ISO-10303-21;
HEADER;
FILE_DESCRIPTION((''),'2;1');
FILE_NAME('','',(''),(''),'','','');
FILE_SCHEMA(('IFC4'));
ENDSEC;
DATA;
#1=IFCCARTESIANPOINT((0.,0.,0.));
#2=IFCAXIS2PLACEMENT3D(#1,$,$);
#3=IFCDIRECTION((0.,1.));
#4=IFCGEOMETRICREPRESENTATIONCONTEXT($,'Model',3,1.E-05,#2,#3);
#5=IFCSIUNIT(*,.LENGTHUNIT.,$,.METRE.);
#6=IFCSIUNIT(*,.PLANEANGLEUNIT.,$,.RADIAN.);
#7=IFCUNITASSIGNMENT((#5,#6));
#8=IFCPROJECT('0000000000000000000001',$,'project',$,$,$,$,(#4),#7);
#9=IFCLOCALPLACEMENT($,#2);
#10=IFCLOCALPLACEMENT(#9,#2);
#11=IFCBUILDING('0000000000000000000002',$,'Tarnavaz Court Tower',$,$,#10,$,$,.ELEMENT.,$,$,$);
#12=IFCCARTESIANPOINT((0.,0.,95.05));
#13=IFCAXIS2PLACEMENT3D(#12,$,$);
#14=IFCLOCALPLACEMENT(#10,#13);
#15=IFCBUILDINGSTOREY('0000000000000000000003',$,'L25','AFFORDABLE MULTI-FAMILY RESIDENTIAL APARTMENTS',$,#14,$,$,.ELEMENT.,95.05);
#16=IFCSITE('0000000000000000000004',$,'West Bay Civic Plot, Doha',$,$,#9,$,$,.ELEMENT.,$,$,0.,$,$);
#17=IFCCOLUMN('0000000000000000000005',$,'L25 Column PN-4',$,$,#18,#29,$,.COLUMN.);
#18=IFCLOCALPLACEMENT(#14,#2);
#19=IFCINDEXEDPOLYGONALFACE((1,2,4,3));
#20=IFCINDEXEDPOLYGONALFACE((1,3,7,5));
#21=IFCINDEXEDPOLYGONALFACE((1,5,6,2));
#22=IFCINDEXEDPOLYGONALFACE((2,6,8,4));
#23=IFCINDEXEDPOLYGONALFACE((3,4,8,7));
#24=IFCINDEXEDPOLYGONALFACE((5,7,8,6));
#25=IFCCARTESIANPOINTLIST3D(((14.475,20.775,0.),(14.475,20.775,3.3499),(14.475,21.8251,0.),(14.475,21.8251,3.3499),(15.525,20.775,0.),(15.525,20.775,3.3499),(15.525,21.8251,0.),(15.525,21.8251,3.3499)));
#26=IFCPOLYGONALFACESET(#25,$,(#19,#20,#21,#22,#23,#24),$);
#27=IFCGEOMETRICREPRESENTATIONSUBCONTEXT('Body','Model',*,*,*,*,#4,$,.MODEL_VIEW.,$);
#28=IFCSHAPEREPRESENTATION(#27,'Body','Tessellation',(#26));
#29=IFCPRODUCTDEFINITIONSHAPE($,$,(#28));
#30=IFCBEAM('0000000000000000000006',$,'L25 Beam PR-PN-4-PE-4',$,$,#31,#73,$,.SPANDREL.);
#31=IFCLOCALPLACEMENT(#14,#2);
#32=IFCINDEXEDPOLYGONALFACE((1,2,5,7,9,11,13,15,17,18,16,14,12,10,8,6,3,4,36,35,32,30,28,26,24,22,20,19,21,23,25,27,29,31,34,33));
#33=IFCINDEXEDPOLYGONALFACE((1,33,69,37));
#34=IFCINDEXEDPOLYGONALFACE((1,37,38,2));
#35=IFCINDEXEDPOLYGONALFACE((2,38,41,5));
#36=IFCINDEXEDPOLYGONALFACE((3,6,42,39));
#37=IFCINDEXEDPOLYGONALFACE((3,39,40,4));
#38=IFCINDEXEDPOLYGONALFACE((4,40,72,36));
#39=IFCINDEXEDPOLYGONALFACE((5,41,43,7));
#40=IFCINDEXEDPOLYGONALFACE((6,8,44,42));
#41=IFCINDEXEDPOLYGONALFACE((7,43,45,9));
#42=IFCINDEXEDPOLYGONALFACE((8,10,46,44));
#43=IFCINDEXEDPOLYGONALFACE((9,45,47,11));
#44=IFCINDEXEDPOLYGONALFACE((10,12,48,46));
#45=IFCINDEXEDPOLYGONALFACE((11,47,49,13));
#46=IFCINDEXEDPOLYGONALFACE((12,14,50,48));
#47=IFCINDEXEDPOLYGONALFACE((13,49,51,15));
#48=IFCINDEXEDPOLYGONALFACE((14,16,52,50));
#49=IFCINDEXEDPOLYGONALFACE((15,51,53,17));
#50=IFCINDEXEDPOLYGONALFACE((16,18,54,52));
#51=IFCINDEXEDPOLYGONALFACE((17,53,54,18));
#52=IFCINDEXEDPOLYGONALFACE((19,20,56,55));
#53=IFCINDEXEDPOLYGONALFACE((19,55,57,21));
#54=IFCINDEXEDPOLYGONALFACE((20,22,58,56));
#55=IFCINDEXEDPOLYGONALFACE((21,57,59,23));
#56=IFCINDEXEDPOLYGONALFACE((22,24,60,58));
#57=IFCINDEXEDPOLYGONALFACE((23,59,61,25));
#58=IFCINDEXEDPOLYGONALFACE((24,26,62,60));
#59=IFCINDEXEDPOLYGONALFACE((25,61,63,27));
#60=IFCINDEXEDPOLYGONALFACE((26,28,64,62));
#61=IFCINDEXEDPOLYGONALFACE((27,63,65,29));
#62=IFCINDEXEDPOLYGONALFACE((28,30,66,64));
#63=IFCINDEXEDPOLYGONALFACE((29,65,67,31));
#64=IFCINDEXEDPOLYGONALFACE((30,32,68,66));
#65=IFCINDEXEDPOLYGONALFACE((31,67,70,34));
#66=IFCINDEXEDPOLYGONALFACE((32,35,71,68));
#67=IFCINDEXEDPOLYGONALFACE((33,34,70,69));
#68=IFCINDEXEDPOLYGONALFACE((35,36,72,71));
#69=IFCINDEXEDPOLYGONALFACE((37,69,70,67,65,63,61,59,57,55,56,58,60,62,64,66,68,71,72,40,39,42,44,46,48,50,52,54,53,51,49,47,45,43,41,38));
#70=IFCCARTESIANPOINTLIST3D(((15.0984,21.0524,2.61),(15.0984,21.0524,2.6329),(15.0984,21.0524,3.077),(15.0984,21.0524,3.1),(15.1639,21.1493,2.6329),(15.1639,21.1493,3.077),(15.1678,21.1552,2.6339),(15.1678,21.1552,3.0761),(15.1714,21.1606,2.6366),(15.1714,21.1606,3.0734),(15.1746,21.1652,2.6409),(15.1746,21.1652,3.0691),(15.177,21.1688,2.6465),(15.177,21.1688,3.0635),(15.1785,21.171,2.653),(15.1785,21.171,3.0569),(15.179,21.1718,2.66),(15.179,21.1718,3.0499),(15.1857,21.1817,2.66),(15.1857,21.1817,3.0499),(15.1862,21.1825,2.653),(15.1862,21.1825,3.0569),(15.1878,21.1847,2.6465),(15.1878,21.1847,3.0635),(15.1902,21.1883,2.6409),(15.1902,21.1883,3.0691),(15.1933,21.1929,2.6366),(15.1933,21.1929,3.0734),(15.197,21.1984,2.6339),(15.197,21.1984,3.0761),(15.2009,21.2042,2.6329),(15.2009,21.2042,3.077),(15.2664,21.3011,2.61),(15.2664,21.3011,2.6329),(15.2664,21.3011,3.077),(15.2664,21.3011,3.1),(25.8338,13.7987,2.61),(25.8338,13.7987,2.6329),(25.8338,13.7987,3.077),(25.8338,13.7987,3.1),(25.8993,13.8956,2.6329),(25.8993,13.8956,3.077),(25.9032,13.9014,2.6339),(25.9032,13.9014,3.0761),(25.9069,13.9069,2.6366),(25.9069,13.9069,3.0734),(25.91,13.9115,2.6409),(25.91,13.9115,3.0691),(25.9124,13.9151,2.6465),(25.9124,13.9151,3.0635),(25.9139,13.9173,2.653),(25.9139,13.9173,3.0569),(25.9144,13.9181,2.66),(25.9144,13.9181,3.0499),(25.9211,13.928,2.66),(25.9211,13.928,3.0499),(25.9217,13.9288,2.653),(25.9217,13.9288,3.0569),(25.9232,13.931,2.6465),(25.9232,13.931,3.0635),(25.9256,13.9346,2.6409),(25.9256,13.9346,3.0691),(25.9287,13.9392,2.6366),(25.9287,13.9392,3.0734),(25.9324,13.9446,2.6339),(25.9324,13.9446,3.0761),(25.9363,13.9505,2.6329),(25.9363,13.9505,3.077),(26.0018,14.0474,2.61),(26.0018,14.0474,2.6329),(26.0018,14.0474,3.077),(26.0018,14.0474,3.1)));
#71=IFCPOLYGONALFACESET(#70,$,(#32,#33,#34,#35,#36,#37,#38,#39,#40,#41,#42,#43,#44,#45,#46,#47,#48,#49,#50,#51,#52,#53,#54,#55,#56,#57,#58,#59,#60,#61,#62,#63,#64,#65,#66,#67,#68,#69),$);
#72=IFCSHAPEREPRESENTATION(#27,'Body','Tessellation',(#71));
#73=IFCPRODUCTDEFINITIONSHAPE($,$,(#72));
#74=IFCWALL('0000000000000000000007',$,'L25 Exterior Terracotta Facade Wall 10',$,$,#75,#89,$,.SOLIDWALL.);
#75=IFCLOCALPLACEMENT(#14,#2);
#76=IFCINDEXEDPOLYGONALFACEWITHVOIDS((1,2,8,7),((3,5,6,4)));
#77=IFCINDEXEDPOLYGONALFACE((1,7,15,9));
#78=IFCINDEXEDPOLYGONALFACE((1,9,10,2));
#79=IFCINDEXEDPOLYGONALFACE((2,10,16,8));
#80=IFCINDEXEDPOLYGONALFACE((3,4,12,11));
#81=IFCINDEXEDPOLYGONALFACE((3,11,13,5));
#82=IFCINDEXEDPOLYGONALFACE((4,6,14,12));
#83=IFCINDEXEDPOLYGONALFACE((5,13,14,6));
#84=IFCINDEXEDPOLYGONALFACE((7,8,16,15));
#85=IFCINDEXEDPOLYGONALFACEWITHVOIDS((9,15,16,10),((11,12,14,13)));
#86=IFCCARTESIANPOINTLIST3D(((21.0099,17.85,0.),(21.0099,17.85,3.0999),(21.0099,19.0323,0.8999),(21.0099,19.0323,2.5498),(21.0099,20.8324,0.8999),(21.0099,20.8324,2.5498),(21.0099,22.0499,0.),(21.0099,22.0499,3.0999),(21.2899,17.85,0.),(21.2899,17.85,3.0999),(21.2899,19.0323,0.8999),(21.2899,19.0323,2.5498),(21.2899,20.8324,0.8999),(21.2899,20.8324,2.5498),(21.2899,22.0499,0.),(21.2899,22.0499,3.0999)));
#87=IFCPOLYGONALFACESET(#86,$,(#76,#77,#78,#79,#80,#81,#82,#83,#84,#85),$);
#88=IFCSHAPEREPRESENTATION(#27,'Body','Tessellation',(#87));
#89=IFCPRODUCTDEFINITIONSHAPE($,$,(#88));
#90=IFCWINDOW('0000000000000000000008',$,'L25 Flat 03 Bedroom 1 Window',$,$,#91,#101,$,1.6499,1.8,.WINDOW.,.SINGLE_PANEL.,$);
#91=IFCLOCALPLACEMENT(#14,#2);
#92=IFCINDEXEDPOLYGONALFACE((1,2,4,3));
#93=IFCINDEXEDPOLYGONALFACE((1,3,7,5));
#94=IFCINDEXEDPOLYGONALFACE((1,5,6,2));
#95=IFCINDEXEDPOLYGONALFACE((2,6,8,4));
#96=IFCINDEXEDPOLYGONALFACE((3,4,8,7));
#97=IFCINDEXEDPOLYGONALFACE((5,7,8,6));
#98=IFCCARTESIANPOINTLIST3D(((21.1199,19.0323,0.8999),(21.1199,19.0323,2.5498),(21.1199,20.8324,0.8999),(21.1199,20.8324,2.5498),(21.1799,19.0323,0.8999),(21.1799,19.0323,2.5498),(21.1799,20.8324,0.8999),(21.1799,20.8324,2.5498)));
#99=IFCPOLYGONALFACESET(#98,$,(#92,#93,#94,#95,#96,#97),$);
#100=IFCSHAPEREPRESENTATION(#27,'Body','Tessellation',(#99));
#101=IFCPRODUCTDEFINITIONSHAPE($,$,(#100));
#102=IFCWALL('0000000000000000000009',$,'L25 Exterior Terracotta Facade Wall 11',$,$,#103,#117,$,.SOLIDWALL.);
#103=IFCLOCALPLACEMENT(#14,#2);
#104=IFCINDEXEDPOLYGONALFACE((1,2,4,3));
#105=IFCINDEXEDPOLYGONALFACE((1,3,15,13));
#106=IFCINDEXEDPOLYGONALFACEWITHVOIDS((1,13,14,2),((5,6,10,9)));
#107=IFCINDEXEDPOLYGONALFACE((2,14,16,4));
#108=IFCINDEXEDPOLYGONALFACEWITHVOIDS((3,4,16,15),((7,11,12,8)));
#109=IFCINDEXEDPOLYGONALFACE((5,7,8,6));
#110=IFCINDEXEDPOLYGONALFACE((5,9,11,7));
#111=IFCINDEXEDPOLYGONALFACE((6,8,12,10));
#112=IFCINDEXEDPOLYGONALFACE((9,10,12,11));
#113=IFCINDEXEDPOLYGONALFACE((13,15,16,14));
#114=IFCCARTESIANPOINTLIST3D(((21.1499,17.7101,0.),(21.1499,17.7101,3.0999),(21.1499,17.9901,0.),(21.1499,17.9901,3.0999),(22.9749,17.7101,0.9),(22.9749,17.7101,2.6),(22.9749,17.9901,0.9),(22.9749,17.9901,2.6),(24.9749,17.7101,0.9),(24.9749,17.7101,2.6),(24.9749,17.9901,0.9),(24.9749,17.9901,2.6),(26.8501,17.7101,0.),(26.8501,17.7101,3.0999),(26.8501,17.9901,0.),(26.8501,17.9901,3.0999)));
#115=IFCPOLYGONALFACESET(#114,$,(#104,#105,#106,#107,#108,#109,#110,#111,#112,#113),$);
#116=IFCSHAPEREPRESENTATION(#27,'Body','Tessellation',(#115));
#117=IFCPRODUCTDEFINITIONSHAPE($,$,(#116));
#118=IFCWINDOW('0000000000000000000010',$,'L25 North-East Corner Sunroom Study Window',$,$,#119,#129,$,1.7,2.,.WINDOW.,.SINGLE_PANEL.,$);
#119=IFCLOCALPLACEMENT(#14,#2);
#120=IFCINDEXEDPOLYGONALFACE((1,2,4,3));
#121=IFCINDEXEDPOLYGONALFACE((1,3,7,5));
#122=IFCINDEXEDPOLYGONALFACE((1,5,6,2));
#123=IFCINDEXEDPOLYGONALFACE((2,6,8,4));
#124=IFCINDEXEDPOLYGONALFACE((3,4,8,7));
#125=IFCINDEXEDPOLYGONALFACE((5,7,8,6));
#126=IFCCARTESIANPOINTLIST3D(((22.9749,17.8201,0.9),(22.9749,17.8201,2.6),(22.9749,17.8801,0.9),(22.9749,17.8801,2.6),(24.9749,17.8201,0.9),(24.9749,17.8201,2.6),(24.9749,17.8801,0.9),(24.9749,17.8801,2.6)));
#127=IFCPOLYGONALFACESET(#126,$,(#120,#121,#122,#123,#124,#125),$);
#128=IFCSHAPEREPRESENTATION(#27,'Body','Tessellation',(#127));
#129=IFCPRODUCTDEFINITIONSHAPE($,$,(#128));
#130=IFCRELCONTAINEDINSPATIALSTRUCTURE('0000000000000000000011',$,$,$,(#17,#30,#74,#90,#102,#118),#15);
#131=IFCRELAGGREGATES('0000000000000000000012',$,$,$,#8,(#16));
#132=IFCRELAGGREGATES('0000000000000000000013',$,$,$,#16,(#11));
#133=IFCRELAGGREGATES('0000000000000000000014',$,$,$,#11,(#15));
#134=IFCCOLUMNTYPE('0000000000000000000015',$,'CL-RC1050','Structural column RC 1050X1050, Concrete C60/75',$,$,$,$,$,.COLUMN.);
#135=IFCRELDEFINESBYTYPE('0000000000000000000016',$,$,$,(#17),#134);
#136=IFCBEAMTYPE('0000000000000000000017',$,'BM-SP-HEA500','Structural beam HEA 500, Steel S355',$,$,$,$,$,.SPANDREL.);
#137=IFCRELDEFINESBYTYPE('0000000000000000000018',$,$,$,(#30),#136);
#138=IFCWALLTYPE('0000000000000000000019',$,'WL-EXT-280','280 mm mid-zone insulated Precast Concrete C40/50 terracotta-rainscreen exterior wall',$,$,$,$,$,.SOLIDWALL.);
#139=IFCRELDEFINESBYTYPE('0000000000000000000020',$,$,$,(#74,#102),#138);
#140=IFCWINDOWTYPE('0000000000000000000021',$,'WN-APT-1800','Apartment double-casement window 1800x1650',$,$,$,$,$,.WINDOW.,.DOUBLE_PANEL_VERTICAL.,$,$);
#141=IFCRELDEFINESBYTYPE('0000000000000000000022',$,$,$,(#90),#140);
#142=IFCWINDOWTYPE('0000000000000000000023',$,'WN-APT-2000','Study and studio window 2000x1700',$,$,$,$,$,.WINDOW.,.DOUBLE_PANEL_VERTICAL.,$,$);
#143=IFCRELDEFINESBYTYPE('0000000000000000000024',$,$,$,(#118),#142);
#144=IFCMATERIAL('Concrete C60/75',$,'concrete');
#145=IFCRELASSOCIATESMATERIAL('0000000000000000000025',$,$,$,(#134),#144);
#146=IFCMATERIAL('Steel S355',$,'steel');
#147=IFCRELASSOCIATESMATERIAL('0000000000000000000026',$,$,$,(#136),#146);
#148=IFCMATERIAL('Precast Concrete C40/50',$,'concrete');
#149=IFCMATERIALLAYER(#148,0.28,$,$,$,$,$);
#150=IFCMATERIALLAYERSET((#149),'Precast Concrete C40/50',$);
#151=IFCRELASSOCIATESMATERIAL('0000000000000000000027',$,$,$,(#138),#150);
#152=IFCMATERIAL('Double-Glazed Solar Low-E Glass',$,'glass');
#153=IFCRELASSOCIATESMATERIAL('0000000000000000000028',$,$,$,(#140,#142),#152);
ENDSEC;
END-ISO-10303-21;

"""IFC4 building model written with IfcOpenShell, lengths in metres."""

from ifc_helpers import new_model, si_unit, direction, frame, frame_2d, origin, origin_2d, place, context, subcontext, project, spatial, rectangle, i_section, extrude, material, layer, layer_set, material_profile, profile_set, type_object, element, fill, save


model = new_model("IFC4")

# Units and contexts
model_context = context("Model", 3, precision=1e-05, world=origin(), true_north=direction((0.0, 1.0)))
body_context = subcontext(model_context, "Body", "Model", "MODEL_VIEW")
ifc_project = project(units=[si_unit("LENGTHUNIT", "METRE"), si_unit("PLANEANGLEUNIT", "RADIAN")], contexts=[model_context])

# Site, building, storey
site_placement = place(None, origin())
site = spatial("IfcSite", under=ifc_project, at=site_placement, Name="West Bay Civic Plot, Doha", CompositionType="ELEMENT", RefElevation=0.0)
building_placement = place(site_placement, origin())
building = spatial("IfcBuilding", under=site, at=building_placement, Name="Tarnavaz Court Tower", CompositionType="ELEMENT")
storey_placement = place(building_placement, frame((0.0, 0.0, 95.05)))
storey = spatial("IfcBuildingStorey", under=building, at=storey_placement, Name="L25", Description="AFFORDABLE MULTI-FAMILY RESIDENTIAL APARTMENTS", CompositionType="ELEMENT", Elevation=95.05)

# Column
ifc_material_1 = material(Name="Concrete C60/75", Category="concrete")
ifc_material_profile_1 = material_profile(ifc_material_1, rectangle(XDim=1.05, YDim=1.05, at=origin_2d()), Name="RC 1050X1050")
ifc_profile_set_1 = profile_set([ifc_material_profile_1], Name="Concrete C60/75")
column_type = type_object("IfcColumnType", Name="CL-RC1050", Description="Structural column RC 1050X1050, Concrete C60/75", PredefinedType="COLUMN", material=ifc_profile_set_1)
column_placement = place(storey_placement, frame((15.0, 21.3, 0.0), z_axis=(0.0, 0.0, 1.0), x_axis=(1.0, 0.0, 0.0)))
element("IfcColumn", 1, at=column_placement, inside=storey, type_object=column_type, Name="L25 Column PN-4", PredefinedType="COLUMN", context=body_context, shape_type="SweptSolid", body=[
    extrude(rectangle(XDim=1.05, YDim=1.05, at=origin_2d()), origin(), (0.0, 0.0, 1.0), 3.3499),
])

# Beam
ifc_material_2 = material(Name="Steel S355", Category="steel")
ifc_material_profile_2 = material_profile(ifc_material_2, i_section(OverallWidth=0.3, OverallDepth=0.49, WebThickness=0.012, FlangeThickness=0.0229, FilletRadius=0.0271, at=origin_2d()), Name="HEA 500")
ifc_profile_set_2 = profile_set([ifc_material_profile_2], Name="Steel S355")
beam_type = type_object("IfcBeamType", Name="BM-SP-HEA500", Description="Structural beam HEA 500, Steel S355", PredefinedType="SPANDREL", material=ifc_profile_set_2)
beam_placement = place(storey_placement, frame((15.1824, 21.1768, 2.855), z_axis=(0.828587, -0.55986, 0.0), x_axis=(0.55986, 0.828587, 0.0)))
element("IfcBeam", 2, at=beam_placement, inside=storey, type_object=beam_type, Name="L25 Beam PR-PN-4-PE-4", PredefinedType="SPANDREL", context=body_context, shape_type="SweptSolid", body=[
    extrude(i_section(OverallWidth=0.3, OverallDepth=0.49, WebThickness=0.012, FlangeThickness=0.0229, FilletRadius=0.0271, at=origin_2d()), origin(), (0.0, 0.0, 1.0), 12.9563),
])

# Walls, openings, windows
ifc_material_3 = material(Name="Precast Concrete C40/50", Category="concrete")
ifc_layer = layer(ifc_material_3, 0.28)
ifc_layer_set = layer_set([ifc_layer], Name="Precast Concrete C40/50")
wall_type = type_object("IfcWallType", Name="WL-EXT-280", Description="280 mm mid-zone insulated Precast Concrete C40/50 terracotta-rainscreen exterior wall", PredefinedType="SOLIDWALL", material=ifc_layer_set)
wall_1_placement = place(storey_placement, frame((21.1499, 22.05, 0.0), z_axis=(0.0, 0.0, 1.0), x_axis=(0.0, -1.0, 0.0)))
wall_1 = element("IfcWall", 3, at=wall_1_placement, inside=storey, type_object=wall_type, Name="L25 Exterior Terracotta Facade Wall 10", PredefinedType="SOLIDWALL", context=body_context, shape_type="SweptSolid", body=[
    extrude(rectangle(XDim=4.2, YDim=0.28, at=frame_2d((2.1001, 0.0))), origin(), (0.0, 0.0, 1.0), 3.0999),
])
opening_1_placement = place(wall_1_placement, frame((1.2178, 0.0, 0.8999)))
opening_1 = element("IfcOpeningElement", 4, at=opening_1_placement, cuts=wall_1, PredefinedType="OPENING", context=body_context, shape_type="SweptSolid", body=[
    extrude(rectangle(XDim=1.8, YDim=1.6499, at=frame_2d((0.8999, 0.825))), frame((0.0, 0.1499, 0.0), z_axis=(0.0, -1.0, 0.0), x_axis=(1.0, 0.0, 0.0)), (0.0, 0.0, 1.0), 0.3),
])
ifc_material_4 = material(Name="Double-Glazed Solar Low-E Glass", Category="glass")
window_type_1 = type_object("IfcWindowType", Name="WN-APT-1800", Description="Apartment double-casement window 1800x1650", PartitioningType="DOUBLE_PANEL_VERTICAL", PredefinedType="WINDOW", material=ifc_material_4)
window_1_placement = place(opening_1_placement, origin())
window_1 = element("IfcWindow", 5, at=window_1_placement, inside=storey, type_object=window_type_1, Name="L25 Flat 03 Bedroom 1 Window", OverallHeight=1.6499, OverallWidth=1.8, PartitioningType="SINGLE_PANEL", PredefinedType="WINDOW", context=body_context, shape_type="SweptSolid", body=[
    extrude(rectangle(XDim=1.8, YDim=1.6499, at=frame_2d((0.8999, 0.825))), frame((0.0, 0.03, 0.0), z_axis=(0.0, -1.0, 0.0), x_axis=(1.0, 0.0, 0.0)), (0.0, 0.0, 1.0), 0.0601),
])
fill(opening_1, window_1)
wall_2_placement = place(storey_placement, frame((21.1499, 17.8501, 0.0), z_axis=(0.0, 0.0, 1.0), x_axis=(1.0, 0.0, 0.0)))
wall_2 = element("IfcWall", 6, at=wall_2_placement, inside=storey, type_object=wall_type, Name="L25 Exterior Terracotta Facade Wall 11", PredefinedType="SOLIDWALL", context=body_context, shape_type="SweptSolid", body=[
    extrude(rectangle(XDim=5.7002, YDim=0.28, at=frame_2d((2.8501, 0.0))), origin(), (0.0, 0.0, 1.0), 3.0999),
])
opening_2_placement = place(wall_2_placement, frame((1.825, 0.0, 0.8999)))
opening_2 = element("IfcOpeningElement", 7, at=opening_2_placement, cuts=wall_2, PredefinedType="OPENING", context=body_context, shape_type="SweptSolid", body=[
    extrude(rectangle(XDim=2.0, YDim=1.7, at=frame_2d((1.0, 0.8501))), frame((0.0, 0.1499, 0.0), z_axis=(0.0, -1.0, 0.0), x_axis=(1.0, 0.0, 0.0)), (0.0, 0.0, 1.0), 0.3),
])
window_type_2 = type_object("IfcWindowType", Name="WN-APT-2000", Description="Study and studio window 2000x1700", PartitioningType="DOUBLE_PANEL_VERTICAL", PredefinedType="WINDOW", material=ifc_material_4)
window_2_placement = place(opening_2_placement, origin())
window_2 = element("IfcWindow", 8, at=window_2_placement, inside=storey, type_object=window_type_2, Name="L25 North-East Corner Sunroom Study Window", OverallHeight=1.7, OverallWidth=2.0, PartitioningType="SINGLE_PANEL", PredefinedType="WINDOW", context=body_context, shape_type="SweptSolid", body=[
    extrude(rectangle(XDim=2.0, YDim=1.7, at=frame_2d((1.0, 0.8501))), frame((0.0, 0.03, 0.0), z_axis=(0.0, -1.0, 0.0), x_axis=(1.0, 0.0, 0.0)), (0.0, 0.0, 1.0), 0.0601),
])
fill(opening_2, window_2)

save(model, "model.ifc")
